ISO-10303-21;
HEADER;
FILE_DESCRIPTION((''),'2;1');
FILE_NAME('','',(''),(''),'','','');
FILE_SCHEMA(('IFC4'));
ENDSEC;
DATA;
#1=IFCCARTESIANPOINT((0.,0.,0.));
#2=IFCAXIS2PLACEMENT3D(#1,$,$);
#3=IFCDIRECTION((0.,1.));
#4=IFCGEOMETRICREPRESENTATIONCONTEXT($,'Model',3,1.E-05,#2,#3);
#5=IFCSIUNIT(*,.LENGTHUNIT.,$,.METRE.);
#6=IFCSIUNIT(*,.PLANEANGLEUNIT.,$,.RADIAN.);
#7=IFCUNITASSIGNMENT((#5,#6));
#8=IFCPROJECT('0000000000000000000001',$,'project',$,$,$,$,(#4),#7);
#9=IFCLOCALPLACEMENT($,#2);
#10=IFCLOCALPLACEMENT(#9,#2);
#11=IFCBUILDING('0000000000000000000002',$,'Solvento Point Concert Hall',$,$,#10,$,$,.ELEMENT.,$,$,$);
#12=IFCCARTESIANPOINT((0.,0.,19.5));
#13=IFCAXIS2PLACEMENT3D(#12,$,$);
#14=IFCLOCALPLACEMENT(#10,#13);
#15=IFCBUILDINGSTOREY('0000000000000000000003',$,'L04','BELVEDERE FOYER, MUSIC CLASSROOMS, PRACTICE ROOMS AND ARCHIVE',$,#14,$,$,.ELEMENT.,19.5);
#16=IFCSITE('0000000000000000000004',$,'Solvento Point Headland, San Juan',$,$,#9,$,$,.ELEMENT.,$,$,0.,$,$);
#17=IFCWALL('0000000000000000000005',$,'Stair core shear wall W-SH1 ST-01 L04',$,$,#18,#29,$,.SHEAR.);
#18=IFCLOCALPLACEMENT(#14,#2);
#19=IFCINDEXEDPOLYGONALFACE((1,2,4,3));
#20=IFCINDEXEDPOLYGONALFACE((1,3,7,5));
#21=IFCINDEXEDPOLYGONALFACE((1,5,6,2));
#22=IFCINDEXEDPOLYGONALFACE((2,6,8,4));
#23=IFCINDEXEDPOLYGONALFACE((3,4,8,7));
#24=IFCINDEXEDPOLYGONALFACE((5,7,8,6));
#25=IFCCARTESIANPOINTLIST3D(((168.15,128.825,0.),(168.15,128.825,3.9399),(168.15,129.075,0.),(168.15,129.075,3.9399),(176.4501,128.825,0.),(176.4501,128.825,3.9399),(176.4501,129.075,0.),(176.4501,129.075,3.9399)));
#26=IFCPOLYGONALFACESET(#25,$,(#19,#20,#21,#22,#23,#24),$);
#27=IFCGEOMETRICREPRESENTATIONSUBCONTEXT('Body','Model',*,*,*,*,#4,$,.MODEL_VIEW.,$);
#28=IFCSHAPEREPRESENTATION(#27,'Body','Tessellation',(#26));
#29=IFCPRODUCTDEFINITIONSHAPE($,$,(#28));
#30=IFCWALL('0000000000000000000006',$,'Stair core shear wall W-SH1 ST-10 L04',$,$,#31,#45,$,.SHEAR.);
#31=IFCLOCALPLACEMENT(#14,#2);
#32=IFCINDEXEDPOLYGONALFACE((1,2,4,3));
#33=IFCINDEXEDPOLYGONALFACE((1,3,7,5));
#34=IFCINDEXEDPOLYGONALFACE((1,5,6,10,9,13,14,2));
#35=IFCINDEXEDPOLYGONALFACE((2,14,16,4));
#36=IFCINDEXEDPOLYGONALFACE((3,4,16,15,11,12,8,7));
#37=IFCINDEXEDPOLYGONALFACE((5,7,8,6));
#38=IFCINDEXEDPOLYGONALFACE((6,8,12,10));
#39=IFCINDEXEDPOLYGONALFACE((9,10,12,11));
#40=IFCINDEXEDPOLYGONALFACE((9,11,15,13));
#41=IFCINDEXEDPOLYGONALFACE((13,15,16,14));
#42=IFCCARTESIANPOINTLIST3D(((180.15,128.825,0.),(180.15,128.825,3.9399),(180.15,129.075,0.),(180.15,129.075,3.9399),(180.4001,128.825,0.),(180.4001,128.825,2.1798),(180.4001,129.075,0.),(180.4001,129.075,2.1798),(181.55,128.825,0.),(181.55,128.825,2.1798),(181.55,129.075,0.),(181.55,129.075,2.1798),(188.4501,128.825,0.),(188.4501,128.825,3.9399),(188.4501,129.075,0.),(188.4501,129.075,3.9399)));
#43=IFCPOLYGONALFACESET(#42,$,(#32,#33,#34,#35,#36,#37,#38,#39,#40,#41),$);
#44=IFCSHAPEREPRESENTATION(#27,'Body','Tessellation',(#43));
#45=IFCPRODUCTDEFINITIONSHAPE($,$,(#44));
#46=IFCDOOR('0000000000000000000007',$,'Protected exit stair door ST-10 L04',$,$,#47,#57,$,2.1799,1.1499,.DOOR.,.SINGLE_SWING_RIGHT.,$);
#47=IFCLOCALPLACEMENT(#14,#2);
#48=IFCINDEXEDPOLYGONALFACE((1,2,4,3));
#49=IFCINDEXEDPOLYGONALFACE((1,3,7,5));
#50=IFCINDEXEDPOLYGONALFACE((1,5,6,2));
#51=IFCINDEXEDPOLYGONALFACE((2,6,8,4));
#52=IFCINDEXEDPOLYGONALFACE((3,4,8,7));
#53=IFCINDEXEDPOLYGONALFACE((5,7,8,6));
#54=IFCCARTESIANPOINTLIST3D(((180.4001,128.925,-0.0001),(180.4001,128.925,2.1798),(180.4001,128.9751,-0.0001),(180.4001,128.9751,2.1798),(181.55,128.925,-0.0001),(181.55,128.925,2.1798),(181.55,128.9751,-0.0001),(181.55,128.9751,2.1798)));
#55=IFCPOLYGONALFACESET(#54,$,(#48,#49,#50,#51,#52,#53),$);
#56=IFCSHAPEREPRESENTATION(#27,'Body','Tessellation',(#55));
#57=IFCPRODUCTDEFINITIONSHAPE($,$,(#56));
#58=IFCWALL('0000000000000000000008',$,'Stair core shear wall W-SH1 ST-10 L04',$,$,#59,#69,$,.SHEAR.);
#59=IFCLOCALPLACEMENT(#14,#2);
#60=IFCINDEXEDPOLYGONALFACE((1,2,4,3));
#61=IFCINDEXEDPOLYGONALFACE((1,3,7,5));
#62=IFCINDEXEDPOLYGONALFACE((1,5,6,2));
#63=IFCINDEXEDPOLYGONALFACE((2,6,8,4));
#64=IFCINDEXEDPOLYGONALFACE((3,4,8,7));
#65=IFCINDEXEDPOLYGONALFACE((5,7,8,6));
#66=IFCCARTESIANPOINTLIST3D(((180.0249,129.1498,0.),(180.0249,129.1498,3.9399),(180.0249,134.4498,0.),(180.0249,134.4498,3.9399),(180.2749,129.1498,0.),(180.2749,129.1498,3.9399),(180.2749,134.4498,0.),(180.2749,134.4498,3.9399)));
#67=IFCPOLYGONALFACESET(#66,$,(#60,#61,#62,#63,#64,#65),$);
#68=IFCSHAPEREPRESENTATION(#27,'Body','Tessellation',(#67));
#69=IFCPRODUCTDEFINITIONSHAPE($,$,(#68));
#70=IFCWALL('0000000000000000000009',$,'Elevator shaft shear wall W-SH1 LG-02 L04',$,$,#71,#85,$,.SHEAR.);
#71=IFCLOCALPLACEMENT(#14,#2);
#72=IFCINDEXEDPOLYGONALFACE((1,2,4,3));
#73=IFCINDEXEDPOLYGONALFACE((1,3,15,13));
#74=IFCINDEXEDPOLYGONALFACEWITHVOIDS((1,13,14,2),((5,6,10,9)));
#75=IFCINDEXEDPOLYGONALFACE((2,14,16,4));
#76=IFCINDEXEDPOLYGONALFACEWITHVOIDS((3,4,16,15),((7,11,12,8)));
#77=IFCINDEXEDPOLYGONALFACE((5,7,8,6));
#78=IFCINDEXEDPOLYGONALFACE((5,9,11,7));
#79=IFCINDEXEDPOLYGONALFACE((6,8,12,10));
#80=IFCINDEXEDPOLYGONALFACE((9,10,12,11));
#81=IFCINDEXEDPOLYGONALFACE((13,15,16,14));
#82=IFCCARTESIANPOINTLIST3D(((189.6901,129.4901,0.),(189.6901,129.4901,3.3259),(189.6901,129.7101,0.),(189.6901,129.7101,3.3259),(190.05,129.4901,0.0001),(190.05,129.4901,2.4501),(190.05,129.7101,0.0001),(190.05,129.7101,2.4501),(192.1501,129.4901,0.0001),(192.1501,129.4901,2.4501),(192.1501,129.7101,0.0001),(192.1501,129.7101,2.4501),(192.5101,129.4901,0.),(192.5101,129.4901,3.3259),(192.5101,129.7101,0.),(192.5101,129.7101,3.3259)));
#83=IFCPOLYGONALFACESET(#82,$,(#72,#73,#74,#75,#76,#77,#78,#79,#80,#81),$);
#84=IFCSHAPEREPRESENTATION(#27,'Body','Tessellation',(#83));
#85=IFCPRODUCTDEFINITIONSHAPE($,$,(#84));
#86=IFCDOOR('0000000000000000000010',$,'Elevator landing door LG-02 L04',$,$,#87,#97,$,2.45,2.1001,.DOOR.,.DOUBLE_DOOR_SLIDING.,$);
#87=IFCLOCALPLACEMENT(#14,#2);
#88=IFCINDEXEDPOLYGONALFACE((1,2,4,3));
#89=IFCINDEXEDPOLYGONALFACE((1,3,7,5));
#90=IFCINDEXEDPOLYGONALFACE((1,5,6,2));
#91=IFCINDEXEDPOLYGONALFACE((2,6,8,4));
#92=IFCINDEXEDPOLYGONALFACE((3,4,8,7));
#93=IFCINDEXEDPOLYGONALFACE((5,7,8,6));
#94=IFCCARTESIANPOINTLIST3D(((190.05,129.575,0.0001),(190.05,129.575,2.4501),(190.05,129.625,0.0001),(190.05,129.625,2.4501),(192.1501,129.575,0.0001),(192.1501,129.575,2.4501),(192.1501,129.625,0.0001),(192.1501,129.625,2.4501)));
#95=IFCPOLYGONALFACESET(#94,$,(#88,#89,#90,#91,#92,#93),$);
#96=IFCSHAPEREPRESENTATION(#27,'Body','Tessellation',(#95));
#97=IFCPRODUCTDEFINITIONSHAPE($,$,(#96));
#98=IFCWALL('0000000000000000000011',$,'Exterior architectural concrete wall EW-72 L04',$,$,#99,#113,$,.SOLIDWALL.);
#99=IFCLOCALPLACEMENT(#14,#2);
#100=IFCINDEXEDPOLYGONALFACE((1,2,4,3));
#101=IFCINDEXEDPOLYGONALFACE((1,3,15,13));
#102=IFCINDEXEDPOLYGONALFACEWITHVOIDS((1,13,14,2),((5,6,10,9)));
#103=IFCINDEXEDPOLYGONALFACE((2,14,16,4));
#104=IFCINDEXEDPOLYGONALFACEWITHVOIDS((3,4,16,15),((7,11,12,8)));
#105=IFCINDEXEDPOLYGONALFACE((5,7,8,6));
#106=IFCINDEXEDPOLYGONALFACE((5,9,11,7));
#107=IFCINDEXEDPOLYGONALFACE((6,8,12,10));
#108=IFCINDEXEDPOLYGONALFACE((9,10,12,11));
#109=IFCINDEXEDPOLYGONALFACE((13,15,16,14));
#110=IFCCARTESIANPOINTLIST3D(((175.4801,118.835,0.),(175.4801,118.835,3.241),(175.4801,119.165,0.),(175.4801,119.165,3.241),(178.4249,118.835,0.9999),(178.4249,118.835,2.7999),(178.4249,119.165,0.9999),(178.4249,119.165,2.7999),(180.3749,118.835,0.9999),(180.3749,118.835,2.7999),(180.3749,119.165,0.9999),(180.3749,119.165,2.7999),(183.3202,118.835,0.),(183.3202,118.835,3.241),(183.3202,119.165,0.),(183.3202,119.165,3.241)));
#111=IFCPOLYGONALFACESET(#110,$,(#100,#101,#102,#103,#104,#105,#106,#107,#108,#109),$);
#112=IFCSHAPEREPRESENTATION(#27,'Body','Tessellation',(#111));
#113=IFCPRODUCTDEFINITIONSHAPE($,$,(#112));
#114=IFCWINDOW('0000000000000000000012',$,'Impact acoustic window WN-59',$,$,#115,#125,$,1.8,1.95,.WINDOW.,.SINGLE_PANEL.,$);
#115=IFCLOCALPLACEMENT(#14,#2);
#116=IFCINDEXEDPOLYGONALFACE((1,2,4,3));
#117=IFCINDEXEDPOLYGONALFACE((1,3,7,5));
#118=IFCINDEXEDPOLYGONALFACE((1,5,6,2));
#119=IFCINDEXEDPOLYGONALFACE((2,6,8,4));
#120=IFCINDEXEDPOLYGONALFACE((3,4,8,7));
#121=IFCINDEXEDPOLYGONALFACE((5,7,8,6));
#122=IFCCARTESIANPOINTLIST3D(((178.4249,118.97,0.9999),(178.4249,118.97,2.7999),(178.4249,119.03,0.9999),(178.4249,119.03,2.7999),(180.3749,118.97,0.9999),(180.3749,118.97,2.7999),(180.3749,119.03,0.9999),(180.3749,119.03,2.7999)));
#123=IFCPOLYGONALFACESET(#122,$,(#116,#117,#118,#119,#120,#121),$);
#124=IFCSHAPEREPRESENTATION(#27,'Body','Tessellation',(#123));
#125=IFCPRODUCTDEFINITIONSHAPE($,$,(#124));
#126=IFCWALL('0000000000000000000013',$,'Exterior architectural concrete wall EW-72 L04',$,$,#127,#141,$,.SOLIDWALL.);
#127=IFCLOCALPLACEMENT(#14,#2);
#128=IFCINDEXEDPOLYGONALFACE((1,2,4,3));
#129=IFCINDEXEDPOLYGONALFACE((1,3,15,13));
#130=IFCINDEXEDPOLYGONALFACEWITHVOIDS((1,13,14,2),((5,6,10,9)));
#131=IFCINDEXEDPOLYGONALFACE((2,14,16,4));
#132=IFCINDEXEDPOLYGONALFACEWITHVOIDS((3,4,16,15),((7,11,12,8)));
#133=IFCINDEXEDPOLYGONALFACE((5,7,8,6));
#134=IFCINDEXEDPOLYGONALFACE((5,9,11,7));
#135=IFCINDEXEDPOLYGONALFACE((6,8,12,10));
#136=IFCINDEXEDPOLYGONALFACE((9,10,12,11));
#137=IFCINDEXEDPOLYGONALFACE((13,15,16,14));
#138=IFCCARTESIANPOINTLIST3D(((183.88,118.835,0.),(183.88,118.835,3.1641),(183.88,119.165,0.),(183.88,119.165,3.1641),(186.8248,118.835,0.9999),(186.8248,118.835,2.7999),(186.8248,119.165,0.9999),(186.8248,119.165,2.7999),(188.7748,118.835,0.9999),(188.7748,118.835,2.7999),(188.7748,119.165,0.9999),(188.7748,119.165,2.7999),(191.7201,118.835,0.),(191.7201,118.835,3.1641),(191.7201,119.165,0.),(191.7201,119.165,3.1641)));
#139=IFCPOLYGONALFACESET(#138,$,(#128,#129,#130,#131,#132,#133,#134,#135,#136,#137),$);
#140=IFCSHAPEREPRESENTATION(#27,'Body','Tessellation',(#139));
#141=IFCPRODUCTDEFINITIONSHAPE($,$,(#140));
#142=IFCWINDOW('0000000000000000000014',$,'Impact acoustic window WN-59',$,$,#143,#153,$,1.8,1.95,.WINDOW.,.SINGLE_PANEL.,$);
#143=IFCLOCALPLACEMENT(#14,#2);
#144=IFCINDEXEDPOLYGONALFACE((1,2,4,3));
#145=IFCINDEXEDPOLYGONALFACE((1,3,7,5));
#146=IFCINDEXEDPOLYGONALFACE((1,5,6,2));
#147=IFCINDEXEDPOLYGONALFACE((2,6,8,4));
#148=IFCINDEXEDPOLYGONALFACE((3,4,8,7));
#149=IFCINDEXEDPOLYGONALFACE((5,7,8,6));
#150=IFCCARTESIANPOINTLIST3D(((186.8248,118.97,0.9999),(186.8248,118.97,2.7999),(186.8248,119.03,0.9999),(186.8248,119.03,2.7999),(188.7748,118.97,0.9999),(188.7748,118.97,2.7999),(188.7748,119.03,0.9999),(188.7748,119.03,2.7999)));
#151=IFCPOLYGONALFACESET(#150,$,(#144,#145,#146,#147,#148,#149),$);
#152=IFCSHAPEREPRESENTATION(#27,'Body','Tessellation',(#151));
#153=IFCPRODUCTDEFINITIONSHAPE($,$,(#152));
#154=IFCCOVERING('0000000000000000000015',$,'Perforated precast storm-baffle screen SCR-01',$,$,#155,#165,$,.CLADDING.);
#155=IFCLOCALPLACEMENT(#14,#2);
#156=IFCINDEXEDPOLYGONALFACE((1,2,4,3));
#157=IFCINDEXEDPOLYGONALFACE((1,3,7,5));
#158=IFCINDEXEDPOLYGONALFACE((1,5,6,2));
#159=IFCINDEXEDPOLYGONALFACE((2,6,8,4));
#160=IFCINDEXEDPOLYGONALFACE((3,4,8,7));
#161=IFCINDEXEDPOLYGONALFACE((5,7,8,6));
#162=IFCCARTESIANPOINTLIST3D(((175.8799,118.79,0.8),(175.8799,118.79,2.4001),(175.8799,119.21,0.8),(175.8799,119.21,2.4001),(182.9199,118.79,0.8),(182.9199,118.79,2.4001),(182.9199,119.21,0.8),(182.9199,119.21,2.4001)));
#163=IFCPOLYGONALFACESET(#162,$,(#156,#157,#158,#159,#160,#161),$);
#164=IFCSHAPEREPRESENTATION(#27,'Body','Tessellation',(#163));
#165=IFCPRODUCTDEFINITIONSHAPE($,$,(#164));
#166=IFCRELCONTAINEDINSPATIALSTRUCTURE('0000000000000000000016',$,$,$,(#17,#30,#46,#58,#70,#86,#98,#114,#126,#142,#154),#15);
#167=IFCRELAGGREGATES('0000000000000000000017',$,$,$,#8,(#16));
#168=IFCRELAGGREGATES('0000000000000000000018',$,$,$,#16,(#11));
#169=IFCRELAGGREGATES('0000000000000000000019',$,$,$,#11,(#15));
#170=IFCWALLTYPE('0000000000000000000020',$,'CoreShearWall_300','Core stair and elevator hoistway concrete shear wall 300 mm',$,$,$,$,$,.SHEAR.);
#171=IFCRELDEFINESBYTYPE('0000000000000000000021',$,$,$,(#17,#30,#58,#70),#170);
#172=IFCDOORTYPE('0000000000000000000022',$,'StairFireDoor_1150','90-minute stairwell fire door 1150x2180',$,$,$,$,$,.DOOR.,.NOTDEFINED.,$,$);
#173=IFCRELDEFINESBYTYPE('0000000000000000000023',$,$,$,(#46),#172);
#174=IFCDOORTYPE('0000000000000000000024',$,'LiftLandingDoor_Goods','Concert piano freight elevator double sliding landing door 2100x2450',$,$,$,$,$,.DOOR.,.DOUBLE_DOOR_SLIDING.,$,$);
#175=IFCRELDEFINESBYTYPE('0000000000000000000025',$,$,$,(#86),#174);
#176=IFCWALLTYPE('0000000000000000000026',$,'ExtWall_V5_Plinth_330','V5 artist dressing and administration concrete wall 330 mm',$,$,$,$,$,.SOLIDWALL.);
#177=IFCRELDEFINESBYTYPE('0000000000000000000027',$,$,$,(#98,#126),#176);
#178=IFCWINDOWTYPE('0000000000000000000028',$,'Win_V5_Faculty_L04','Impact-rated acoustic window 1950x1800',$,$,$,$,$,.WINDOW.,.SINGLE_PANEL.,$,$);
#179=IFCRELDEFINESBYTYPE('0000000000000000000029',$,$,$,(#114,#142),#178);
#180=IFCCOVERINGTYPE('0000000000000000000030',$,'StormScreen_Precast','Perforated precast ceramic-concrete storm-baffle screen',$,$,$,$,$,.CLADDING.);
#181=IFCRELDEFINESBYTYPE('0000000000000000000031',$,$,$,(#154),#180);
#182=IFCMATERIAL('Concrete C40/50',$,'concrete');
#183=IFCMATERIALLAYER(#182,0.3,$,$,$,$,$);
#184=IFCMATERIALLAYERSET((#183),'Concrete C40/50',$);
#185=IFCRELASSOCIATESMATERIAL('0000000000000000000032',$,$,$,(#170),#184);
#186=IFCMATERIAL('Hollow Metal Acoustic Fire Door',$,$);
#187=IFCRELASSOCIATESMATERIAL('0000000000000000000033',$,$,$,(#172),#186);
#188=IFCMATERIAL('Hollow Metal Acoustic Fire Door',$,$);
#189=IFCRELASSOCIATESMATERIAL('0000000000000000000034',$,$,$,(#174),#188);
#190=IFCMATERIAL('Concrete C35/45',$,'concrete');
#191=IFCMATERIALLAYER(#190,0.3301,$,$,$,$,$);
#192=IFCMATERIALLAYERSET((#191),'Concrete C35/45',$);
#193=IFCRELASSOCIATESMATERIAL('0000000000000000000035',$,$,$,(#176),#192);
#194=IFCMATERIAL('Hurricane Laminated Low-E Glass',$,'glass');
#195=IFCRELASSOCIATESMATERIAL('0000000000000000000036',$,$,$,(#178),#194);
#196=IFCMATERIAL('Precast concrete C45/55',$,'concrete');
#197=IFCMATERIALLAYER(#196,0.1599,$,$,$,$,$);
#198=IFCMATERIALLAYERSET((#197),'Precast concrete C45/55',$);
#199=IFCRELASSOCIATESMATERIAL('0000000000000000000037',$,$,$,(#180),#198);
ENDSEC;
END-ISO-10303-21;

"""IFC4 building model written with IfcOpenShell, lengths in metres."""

from ifc_helpers import new_model, si_unit, direction, frame, frame_2d, origin, origin_2d, place, context, subcontext, project, spatial, rectangle, extrude, material, layer, layer_set, type_object, element, fill, save


model = new_model("IFC4")

# Units and contexts
model_context = context("Model", 3, precision=1e-05, world=origin(), true_north=direction((0.0, 1.0)))
body_context = subcontext(model_context, "Body", "Model", "MODEL_VIEW")
ifc_project = project(units=[si_unit("LENGTHUNIT", "METRE"), si_unit("PLANEANGLEUNIT", "RADIAN")], contexts=[model_context])

# Site, building, storey
site_placement = place(None, origin())
site = spatial("IfcSite", under=ifc_project, at=site_placement, Name="Solvento Point Headland, San Juan", CompositionType="ELEMENT", RefElevation=0.0)
building_placement = place(site_placement, origin())
building = spatial("IfcBuilding", under=site, at=building_placement, Name="Solvento Point Concert Hall", CompositionType="ELEMENT")
storey_placement = place(building_placement, frame((0.0, 0.0, 19.5)))
storey = spatial("IfcBuildingStorey", under=building, at=storey_placement, Name="L04", Description="BELVEDERE FOYER, MUSIC CLASSROOMS, PRACTICE ROOMS AND ARCHIVE", CompositionType="ELEMENT", Elevation=19.5)

# Wall
ifc_material_1 = material(Name="Concrete C40/50", Category="concrete")
ifc_layer_1 = layer(ifc_material_1, 0.3)
ifc_layer_set_1 = layer_set([ifc_layer_1], Name="Concrete C40/50")
wall_type_1 = type_object("IfcWallType", Name="CoreShearWall_300", Description="Core stair and elevator hoistway concrete shear wall 300 mm", PredefinedType="SHEAR", material=ifc_layer_set_1)
wall_1_placement = place(storey_placement, frame((176.45, 128.95, 0.0), z_axis=(0.0, 0.0, 1.0), x_axis=(-1.0, 0.0, 0.0)))
element("IfcWall", 1, at=wall_1_placement, inside=storey, type_object=wall_type_1, Name="Stair core shear wall W-SH1 ST-01 L04", PredefinedType="SHEAR", context=body_context, shape_type="SweptSolid", body=[
    extrude(rectangle(XDim=8.3, YDim=0.25, at=frame_2d((4.1499, 0.0))), origin(), (0.0, 0.0, 1.0), 3.9399),
])

# Wall, opening, door
wall_2_placement = place(storey_placement, frame((188.45, 128.95, 0.0), z_axis=(0.0, 0.0, 1.0), x_axis=(-1.0, 0.0, 0.0)))
wall_2 = element("IfcWall", 2, at=wall_2_placement, inside=storey, type_object=wall_type_1, Name="Stair core shear wall W-SH1 ST-10 L04", PredefinedType="SHEAR", context=body_context, shape_type="SweptSolid", body=[
    extrude(rectangle(XDim=8.3, YDim=0.25, at=frame_2d((4.1499, 0.0))), origin(), (0.0, 0.0, 1.0), 3.9399),
])
opening_1_placement = place(wall_2_placement, frame((6.8999, 0.0, 0.0)))
opening_1 = element("IfcOpeningElement", 3, at=opening_1_placement, cuts=wall_2, PredefinedType="OPENING", context=body_context, shape_type="SweptSolid", body=[
    extrude(rectangle(XDim=1.1499, YDim=2.1799, at=frame_2d((0.575, 1.0898))), frame((0.0, 0.135, 0.0), z_axis=(0.0, -1.0, 0.0), x_axis=(1.0, 0.0, 0.0)), (0.0, 0.0, 1.0), 0.27),
])
ifc_material_2 = material(Name="Hollow Metal Acoustic Fire Door")
door_type_1 = type_object("IfcDoorType", Name="StairFireDoor_1150", Description="90-minute stairwell fire door 1150x2180", OperationType="NOTDEFINED", PredefinedType="DOOR", material=ifc_material_2)
door_1_placement = place(opening_1_placement, origin())
door_1 = element("IfcDoor", 4, at=door_1_placement, inside=storey, type_object=door_type_1, Name="Protected exit stair door ST-10 L04", OperationType="SINGLE_SWING_RIGHT", OverallHeight=2.1799, OverallWidth=1.1499, PredefinedType="DOOR", context=body_context, shape_type="SweptSolid", body=[
    extrude(rectangle(XDim=1.1499, YDim=2.1799, at=frame_2d((0.575, 1.0898))), frame((0.0, 0.0249, 0.0), z_axis=(0.0, -1.0, 0.0), x_axis=(1.0, 0.0, 0.0)), (0.0, 0.0, 1.0), 0.05),
])
fill(opening_1, door_1)

# Wall
wall_3_placement = place(storey_placement, frame((180.1499, 129.1499, 0.0), z_axis=(0.0, 0.0, 1.0), x_axis=(0.0, 1.0, 0.0)))
element("IfcWall", 5, at=wall_3_placement, inside=storey, type_object=wall_type_1, Name="Stair core shear wall W-SH1 ST-10 L04", PredefinedType="SHEAR", context=body_context, shape_type="SweptSolid", body=[
    extrude(rectangle(XDim=5.3, YDim=0.25, at=frame_2d((2.6499, 0.0))), origin(), (0.0, 0.0, 1.0), 3.9399),
])

# Wall, opening, door
wall_4_placement = place(storey_placement, frame((189.6899, 129.6001, 0.0), z_axis=(0.0, 0.0, 1.0), x_axis=(1.0, 0.0, 0.0)))
wall_4 = element("IfcWall", 6, at=wall_4_placement, inside=storey, type_object=wall_type_1, Name="Elevator shaft shear wall W-SH1 LG-02 L04", PredefinedType="SHEAR", context=body_context, shape_type="SweptSolid", body=[
    extrude(rectangle(XDim=2.8201, YDim=0.22, at=frame_2d((1.4102, 0.0))), origin(), (0.0, 0.0, 1.0), 3.3259),
])
opening_2_placement = place(wall_4_placement, frame((0.3601, 0.0, 0.0)))
opening_2 = element("IfcOpeningElement", 7, at=opening_2_placement, cuts=wall_4, PredefinedType="OPENING", context=body_context, shape_type="SweptSolid", body=[
    extrude(rectangle(XDim=2.1001, YDim=2.45, at=frame_2d((1.05, 1.2251))), frame((0.0, 0.1199, 0.0), z_axis=(0.0, -1.0, 0.0), x_axis=(1.0, 0.0, 0.0)), (0.0, 0.0, 1.0), 0.24),
])
ifc_material_3 = material(Name="Hollow Metal Acoustic Fire Door")
door_type_2 = type_object("IfcDoorType", Name="LiftLandingDoor_Goods", Description="Concert piano freight elevator double sliding landing door 2100x2450", OperationType="DOUBLE_DOOR_SLIDING", PredefinedType="DOOR", material=ifc_material_3)
door_2_placement = place(opening_2_placement, origin())
door_2 = element("IfcDoor", 8, at=door_2_placement, inside=storey, type_object=door_type_2, Name="Elevator landing door LG-02 L04", OperationType="DOUBLE_DOOR_SLIDING", OverallHeight=2.45, OverallWidth=2.1001, PredefinedType="DOOR", context=body_context, shape_type="SweptSolid", body=[
    extrude(rectangle(XDim=2.1001, YDim=2.45, at=frame_2d((1.05, 1.2251))), frame((0.0, 0.0249, 0.0), z_axis=(0.0, -1.0, 0.0), x_axis=(1.0, 0.0, 0.0)), (0.0, 0.0, 1.0), 0.05),
])
fill(opening_2, door_2)

# Walls, openings, windows
ifc_material_4 = material(Name="Concrete C35/45", Category="concrete")
ifc_layer_2 = layer(ifc_material_4, 0.3301)
ifc_layer_set_2 = layer_set([ifc_layer_2], Name="Concrete C35/45")
wall_type_2 = type_object("IfcWallType", Name="ExtWall_V5_Plinth_330", Description="V5 artist dressing and administration concrete wall 330 mm", PredefinedType="SOLIDWALL", material=ifc_layer_set_2)
wall_5_placement = place(storey_placement, frame((183.3201, 119.0, 0.0), z_axis=(0.0, 0.0, 1.0), x_axis=(-1.0, 0.0, 0.0)))
wall_5 = element("IfcWall", 9, at=wall_5_placement, inside=storey, type_object=wall_type_2, Name="Exterior architectural concrete wall EW-72 L04", PredefinedType="SOLIDWALL", context=body_context, shape_type="SweptSolid", body=[
    extrude(rectangle(XDim=7.8401, YDim=0.3301, at=frame_2d((3.9199, 0.0))), origin(), (0.0, 0.0, 1.0), 3.241),
])
opening_3_placement = place(wall_5_placement, frame((2.9451, 0.0, 1.0)))
opening_3 = element("IfcOpeningElement", 10, at=opening_3_placement, cuts=wall_5, PredefinedType="OPENING", context=body_context, shape_type="SweptSolid", body=[
    extrude(rectangle(XDim=1.95, YDim=1.8, at=frame_2d((0.9751, 0.8999))), frame((0.0, 0.175, 0.0), z_axis=(0.0, -1.0, 0.0), x_axis=(1.0, 0.0, 0.0)), (0.0, 0.0, 1.0), 0.3501),
])
ifc_material_5 = material(Name="Hurricane Laminated Low-E Glass", Category="glass")
window_type = type_object("IfcWindowType", Name="Win_V5_Faculty_L04", Description="Impact-rated acoustic window 1950x1800", PartitioningType="SINGLE_PANEL", PredefinedType="WINDOW", material=ifc_material_5)
window_1_placement = place(opening_3_placement, origin())
window_1 = element("IfcWindow", 11, at=window_1_placement, inside=storey, type_object=window_type, Name="Impact acoustic window WN-59", OverallHeight=1.8, OverallWidth=1.95, PartitioningType="SINGLE_PANEL", PredefinedType="WINDOW", context=body_context, shape_type="SweptSolid", body=[
    extrude(rectangle(XDim=1.95, YDim=1.8, at=frame_2d((0.9751, 0.8999))), frame((0.0, 0.03, 0.0), z_axis=(0.0, -1.0, 0.0), x_axis=(1.0, 0.0, 0.0)), (0.0, 0.0, 1.0), 0.0601),
])
fill(opening_3, window_1)
wall_6_placement = place(storey_placement, frame((191.72, 119.0, 0.0), z_axis=(0.0, 0.0, 1.0), x_axis=(-1.0, 0.0, 0.0)))
wall_6 = element("IfcWall", 12, at=wall_6_placement, inside=storey, type_object=wall_type_2, Name="Exterior architectural concrete wall EW-72 L04", PredefinedType="SOLIDWALL", context=body_context, shape_type="SweptSolid", body=[
    extrude(rectangle(XDim=7.8401, YDim=0.3301, at=frame_2d((3.9199, 0.0))), origin(), (0.0, 0.0, 1.0), 3.1641),
])
opening_4_placement = place(wall_6_placement, frame((2.9451, 0.0, 1.0)))
opening_4 = element("IfcOpeningElement", 13, at=opening_4_placement, cuts=wall_6, PredefinedType="OPENING", context=body_context, shape_type="SweptSolid", body=[
    extrude(rectangle(XDim=1.95, YDim=1.8, at=frame_2d((0.9751, 0.8999))), frame((0.0, 0.175, 0.0), z_axis=(0.0, -1.0, 0.0), x_axis=(1.0, 0.0, 0.0)), (0.0, 0.0, 1.0), 0.3501),
])
window_2_placement = place(opening_4_placement, origin())
window_2 = element("IfcWindow", 14, at=window_2_placement, inside=storey, type_object=window_type, Name="Impact acoustic window WN-59", OverallHeight=1.8, OverallWidth=1.95, PartitioningType="SINGLE_PANEL", PredefinedType="WINDOW", context=body_context, shape_type="SweptSolid", body=[
    extrude(rectangle(XDim=1.95, YDim=1.8, at=frame_2d((0.9751, 0.8999))), frame((0.0, 0.03, 0.0), z_axis=(0.0, -1.0, 0.0), x_axis=(1.0, 0.0, 0.0)), (0.0, 0.0, 1.0), 0.0601),
])
fill(opening_4, window_2)

# Covering
ifc_material_6 = material(Name="Precast concrete C45/55", Category="concrete")
ifc_layer_3 = layer(ifc_material_6, 0.1599)
ifc_layer_set_3 = layer_set([ifc_layer_3], Name="Precast concrete C45/55")
covering_type = type_object("IfcCoveringType", Name="StormScreen_Precast", Description="Perforated precast ceramic-concrete storm-baffle screen", PredefinedType="CLADDING", material=ifc_layer_set_3)
covering_placement = place(storey_placement, frame((179.3999, 119.0, 0.8), z_axis=(0.0, 0.0, 1.0), x_axis=(-1.0, 0.0, 0.0)))
element("IfcCovering", 15, at=covering_placement, inside=storey, type_object=covering_type, Name="Perforated precast storm-baffle screen SCR-01", PredefinedType="CLADDING", context=body_context, shape_type="SweptSolid", body=[
    extrude(rectangle(XDim=7.04, YDim=0.4199, at=origin_2d()), origin(), (0.0, 0.0, 1.0), 1.6001),
])

save(model, "model.ifc")
